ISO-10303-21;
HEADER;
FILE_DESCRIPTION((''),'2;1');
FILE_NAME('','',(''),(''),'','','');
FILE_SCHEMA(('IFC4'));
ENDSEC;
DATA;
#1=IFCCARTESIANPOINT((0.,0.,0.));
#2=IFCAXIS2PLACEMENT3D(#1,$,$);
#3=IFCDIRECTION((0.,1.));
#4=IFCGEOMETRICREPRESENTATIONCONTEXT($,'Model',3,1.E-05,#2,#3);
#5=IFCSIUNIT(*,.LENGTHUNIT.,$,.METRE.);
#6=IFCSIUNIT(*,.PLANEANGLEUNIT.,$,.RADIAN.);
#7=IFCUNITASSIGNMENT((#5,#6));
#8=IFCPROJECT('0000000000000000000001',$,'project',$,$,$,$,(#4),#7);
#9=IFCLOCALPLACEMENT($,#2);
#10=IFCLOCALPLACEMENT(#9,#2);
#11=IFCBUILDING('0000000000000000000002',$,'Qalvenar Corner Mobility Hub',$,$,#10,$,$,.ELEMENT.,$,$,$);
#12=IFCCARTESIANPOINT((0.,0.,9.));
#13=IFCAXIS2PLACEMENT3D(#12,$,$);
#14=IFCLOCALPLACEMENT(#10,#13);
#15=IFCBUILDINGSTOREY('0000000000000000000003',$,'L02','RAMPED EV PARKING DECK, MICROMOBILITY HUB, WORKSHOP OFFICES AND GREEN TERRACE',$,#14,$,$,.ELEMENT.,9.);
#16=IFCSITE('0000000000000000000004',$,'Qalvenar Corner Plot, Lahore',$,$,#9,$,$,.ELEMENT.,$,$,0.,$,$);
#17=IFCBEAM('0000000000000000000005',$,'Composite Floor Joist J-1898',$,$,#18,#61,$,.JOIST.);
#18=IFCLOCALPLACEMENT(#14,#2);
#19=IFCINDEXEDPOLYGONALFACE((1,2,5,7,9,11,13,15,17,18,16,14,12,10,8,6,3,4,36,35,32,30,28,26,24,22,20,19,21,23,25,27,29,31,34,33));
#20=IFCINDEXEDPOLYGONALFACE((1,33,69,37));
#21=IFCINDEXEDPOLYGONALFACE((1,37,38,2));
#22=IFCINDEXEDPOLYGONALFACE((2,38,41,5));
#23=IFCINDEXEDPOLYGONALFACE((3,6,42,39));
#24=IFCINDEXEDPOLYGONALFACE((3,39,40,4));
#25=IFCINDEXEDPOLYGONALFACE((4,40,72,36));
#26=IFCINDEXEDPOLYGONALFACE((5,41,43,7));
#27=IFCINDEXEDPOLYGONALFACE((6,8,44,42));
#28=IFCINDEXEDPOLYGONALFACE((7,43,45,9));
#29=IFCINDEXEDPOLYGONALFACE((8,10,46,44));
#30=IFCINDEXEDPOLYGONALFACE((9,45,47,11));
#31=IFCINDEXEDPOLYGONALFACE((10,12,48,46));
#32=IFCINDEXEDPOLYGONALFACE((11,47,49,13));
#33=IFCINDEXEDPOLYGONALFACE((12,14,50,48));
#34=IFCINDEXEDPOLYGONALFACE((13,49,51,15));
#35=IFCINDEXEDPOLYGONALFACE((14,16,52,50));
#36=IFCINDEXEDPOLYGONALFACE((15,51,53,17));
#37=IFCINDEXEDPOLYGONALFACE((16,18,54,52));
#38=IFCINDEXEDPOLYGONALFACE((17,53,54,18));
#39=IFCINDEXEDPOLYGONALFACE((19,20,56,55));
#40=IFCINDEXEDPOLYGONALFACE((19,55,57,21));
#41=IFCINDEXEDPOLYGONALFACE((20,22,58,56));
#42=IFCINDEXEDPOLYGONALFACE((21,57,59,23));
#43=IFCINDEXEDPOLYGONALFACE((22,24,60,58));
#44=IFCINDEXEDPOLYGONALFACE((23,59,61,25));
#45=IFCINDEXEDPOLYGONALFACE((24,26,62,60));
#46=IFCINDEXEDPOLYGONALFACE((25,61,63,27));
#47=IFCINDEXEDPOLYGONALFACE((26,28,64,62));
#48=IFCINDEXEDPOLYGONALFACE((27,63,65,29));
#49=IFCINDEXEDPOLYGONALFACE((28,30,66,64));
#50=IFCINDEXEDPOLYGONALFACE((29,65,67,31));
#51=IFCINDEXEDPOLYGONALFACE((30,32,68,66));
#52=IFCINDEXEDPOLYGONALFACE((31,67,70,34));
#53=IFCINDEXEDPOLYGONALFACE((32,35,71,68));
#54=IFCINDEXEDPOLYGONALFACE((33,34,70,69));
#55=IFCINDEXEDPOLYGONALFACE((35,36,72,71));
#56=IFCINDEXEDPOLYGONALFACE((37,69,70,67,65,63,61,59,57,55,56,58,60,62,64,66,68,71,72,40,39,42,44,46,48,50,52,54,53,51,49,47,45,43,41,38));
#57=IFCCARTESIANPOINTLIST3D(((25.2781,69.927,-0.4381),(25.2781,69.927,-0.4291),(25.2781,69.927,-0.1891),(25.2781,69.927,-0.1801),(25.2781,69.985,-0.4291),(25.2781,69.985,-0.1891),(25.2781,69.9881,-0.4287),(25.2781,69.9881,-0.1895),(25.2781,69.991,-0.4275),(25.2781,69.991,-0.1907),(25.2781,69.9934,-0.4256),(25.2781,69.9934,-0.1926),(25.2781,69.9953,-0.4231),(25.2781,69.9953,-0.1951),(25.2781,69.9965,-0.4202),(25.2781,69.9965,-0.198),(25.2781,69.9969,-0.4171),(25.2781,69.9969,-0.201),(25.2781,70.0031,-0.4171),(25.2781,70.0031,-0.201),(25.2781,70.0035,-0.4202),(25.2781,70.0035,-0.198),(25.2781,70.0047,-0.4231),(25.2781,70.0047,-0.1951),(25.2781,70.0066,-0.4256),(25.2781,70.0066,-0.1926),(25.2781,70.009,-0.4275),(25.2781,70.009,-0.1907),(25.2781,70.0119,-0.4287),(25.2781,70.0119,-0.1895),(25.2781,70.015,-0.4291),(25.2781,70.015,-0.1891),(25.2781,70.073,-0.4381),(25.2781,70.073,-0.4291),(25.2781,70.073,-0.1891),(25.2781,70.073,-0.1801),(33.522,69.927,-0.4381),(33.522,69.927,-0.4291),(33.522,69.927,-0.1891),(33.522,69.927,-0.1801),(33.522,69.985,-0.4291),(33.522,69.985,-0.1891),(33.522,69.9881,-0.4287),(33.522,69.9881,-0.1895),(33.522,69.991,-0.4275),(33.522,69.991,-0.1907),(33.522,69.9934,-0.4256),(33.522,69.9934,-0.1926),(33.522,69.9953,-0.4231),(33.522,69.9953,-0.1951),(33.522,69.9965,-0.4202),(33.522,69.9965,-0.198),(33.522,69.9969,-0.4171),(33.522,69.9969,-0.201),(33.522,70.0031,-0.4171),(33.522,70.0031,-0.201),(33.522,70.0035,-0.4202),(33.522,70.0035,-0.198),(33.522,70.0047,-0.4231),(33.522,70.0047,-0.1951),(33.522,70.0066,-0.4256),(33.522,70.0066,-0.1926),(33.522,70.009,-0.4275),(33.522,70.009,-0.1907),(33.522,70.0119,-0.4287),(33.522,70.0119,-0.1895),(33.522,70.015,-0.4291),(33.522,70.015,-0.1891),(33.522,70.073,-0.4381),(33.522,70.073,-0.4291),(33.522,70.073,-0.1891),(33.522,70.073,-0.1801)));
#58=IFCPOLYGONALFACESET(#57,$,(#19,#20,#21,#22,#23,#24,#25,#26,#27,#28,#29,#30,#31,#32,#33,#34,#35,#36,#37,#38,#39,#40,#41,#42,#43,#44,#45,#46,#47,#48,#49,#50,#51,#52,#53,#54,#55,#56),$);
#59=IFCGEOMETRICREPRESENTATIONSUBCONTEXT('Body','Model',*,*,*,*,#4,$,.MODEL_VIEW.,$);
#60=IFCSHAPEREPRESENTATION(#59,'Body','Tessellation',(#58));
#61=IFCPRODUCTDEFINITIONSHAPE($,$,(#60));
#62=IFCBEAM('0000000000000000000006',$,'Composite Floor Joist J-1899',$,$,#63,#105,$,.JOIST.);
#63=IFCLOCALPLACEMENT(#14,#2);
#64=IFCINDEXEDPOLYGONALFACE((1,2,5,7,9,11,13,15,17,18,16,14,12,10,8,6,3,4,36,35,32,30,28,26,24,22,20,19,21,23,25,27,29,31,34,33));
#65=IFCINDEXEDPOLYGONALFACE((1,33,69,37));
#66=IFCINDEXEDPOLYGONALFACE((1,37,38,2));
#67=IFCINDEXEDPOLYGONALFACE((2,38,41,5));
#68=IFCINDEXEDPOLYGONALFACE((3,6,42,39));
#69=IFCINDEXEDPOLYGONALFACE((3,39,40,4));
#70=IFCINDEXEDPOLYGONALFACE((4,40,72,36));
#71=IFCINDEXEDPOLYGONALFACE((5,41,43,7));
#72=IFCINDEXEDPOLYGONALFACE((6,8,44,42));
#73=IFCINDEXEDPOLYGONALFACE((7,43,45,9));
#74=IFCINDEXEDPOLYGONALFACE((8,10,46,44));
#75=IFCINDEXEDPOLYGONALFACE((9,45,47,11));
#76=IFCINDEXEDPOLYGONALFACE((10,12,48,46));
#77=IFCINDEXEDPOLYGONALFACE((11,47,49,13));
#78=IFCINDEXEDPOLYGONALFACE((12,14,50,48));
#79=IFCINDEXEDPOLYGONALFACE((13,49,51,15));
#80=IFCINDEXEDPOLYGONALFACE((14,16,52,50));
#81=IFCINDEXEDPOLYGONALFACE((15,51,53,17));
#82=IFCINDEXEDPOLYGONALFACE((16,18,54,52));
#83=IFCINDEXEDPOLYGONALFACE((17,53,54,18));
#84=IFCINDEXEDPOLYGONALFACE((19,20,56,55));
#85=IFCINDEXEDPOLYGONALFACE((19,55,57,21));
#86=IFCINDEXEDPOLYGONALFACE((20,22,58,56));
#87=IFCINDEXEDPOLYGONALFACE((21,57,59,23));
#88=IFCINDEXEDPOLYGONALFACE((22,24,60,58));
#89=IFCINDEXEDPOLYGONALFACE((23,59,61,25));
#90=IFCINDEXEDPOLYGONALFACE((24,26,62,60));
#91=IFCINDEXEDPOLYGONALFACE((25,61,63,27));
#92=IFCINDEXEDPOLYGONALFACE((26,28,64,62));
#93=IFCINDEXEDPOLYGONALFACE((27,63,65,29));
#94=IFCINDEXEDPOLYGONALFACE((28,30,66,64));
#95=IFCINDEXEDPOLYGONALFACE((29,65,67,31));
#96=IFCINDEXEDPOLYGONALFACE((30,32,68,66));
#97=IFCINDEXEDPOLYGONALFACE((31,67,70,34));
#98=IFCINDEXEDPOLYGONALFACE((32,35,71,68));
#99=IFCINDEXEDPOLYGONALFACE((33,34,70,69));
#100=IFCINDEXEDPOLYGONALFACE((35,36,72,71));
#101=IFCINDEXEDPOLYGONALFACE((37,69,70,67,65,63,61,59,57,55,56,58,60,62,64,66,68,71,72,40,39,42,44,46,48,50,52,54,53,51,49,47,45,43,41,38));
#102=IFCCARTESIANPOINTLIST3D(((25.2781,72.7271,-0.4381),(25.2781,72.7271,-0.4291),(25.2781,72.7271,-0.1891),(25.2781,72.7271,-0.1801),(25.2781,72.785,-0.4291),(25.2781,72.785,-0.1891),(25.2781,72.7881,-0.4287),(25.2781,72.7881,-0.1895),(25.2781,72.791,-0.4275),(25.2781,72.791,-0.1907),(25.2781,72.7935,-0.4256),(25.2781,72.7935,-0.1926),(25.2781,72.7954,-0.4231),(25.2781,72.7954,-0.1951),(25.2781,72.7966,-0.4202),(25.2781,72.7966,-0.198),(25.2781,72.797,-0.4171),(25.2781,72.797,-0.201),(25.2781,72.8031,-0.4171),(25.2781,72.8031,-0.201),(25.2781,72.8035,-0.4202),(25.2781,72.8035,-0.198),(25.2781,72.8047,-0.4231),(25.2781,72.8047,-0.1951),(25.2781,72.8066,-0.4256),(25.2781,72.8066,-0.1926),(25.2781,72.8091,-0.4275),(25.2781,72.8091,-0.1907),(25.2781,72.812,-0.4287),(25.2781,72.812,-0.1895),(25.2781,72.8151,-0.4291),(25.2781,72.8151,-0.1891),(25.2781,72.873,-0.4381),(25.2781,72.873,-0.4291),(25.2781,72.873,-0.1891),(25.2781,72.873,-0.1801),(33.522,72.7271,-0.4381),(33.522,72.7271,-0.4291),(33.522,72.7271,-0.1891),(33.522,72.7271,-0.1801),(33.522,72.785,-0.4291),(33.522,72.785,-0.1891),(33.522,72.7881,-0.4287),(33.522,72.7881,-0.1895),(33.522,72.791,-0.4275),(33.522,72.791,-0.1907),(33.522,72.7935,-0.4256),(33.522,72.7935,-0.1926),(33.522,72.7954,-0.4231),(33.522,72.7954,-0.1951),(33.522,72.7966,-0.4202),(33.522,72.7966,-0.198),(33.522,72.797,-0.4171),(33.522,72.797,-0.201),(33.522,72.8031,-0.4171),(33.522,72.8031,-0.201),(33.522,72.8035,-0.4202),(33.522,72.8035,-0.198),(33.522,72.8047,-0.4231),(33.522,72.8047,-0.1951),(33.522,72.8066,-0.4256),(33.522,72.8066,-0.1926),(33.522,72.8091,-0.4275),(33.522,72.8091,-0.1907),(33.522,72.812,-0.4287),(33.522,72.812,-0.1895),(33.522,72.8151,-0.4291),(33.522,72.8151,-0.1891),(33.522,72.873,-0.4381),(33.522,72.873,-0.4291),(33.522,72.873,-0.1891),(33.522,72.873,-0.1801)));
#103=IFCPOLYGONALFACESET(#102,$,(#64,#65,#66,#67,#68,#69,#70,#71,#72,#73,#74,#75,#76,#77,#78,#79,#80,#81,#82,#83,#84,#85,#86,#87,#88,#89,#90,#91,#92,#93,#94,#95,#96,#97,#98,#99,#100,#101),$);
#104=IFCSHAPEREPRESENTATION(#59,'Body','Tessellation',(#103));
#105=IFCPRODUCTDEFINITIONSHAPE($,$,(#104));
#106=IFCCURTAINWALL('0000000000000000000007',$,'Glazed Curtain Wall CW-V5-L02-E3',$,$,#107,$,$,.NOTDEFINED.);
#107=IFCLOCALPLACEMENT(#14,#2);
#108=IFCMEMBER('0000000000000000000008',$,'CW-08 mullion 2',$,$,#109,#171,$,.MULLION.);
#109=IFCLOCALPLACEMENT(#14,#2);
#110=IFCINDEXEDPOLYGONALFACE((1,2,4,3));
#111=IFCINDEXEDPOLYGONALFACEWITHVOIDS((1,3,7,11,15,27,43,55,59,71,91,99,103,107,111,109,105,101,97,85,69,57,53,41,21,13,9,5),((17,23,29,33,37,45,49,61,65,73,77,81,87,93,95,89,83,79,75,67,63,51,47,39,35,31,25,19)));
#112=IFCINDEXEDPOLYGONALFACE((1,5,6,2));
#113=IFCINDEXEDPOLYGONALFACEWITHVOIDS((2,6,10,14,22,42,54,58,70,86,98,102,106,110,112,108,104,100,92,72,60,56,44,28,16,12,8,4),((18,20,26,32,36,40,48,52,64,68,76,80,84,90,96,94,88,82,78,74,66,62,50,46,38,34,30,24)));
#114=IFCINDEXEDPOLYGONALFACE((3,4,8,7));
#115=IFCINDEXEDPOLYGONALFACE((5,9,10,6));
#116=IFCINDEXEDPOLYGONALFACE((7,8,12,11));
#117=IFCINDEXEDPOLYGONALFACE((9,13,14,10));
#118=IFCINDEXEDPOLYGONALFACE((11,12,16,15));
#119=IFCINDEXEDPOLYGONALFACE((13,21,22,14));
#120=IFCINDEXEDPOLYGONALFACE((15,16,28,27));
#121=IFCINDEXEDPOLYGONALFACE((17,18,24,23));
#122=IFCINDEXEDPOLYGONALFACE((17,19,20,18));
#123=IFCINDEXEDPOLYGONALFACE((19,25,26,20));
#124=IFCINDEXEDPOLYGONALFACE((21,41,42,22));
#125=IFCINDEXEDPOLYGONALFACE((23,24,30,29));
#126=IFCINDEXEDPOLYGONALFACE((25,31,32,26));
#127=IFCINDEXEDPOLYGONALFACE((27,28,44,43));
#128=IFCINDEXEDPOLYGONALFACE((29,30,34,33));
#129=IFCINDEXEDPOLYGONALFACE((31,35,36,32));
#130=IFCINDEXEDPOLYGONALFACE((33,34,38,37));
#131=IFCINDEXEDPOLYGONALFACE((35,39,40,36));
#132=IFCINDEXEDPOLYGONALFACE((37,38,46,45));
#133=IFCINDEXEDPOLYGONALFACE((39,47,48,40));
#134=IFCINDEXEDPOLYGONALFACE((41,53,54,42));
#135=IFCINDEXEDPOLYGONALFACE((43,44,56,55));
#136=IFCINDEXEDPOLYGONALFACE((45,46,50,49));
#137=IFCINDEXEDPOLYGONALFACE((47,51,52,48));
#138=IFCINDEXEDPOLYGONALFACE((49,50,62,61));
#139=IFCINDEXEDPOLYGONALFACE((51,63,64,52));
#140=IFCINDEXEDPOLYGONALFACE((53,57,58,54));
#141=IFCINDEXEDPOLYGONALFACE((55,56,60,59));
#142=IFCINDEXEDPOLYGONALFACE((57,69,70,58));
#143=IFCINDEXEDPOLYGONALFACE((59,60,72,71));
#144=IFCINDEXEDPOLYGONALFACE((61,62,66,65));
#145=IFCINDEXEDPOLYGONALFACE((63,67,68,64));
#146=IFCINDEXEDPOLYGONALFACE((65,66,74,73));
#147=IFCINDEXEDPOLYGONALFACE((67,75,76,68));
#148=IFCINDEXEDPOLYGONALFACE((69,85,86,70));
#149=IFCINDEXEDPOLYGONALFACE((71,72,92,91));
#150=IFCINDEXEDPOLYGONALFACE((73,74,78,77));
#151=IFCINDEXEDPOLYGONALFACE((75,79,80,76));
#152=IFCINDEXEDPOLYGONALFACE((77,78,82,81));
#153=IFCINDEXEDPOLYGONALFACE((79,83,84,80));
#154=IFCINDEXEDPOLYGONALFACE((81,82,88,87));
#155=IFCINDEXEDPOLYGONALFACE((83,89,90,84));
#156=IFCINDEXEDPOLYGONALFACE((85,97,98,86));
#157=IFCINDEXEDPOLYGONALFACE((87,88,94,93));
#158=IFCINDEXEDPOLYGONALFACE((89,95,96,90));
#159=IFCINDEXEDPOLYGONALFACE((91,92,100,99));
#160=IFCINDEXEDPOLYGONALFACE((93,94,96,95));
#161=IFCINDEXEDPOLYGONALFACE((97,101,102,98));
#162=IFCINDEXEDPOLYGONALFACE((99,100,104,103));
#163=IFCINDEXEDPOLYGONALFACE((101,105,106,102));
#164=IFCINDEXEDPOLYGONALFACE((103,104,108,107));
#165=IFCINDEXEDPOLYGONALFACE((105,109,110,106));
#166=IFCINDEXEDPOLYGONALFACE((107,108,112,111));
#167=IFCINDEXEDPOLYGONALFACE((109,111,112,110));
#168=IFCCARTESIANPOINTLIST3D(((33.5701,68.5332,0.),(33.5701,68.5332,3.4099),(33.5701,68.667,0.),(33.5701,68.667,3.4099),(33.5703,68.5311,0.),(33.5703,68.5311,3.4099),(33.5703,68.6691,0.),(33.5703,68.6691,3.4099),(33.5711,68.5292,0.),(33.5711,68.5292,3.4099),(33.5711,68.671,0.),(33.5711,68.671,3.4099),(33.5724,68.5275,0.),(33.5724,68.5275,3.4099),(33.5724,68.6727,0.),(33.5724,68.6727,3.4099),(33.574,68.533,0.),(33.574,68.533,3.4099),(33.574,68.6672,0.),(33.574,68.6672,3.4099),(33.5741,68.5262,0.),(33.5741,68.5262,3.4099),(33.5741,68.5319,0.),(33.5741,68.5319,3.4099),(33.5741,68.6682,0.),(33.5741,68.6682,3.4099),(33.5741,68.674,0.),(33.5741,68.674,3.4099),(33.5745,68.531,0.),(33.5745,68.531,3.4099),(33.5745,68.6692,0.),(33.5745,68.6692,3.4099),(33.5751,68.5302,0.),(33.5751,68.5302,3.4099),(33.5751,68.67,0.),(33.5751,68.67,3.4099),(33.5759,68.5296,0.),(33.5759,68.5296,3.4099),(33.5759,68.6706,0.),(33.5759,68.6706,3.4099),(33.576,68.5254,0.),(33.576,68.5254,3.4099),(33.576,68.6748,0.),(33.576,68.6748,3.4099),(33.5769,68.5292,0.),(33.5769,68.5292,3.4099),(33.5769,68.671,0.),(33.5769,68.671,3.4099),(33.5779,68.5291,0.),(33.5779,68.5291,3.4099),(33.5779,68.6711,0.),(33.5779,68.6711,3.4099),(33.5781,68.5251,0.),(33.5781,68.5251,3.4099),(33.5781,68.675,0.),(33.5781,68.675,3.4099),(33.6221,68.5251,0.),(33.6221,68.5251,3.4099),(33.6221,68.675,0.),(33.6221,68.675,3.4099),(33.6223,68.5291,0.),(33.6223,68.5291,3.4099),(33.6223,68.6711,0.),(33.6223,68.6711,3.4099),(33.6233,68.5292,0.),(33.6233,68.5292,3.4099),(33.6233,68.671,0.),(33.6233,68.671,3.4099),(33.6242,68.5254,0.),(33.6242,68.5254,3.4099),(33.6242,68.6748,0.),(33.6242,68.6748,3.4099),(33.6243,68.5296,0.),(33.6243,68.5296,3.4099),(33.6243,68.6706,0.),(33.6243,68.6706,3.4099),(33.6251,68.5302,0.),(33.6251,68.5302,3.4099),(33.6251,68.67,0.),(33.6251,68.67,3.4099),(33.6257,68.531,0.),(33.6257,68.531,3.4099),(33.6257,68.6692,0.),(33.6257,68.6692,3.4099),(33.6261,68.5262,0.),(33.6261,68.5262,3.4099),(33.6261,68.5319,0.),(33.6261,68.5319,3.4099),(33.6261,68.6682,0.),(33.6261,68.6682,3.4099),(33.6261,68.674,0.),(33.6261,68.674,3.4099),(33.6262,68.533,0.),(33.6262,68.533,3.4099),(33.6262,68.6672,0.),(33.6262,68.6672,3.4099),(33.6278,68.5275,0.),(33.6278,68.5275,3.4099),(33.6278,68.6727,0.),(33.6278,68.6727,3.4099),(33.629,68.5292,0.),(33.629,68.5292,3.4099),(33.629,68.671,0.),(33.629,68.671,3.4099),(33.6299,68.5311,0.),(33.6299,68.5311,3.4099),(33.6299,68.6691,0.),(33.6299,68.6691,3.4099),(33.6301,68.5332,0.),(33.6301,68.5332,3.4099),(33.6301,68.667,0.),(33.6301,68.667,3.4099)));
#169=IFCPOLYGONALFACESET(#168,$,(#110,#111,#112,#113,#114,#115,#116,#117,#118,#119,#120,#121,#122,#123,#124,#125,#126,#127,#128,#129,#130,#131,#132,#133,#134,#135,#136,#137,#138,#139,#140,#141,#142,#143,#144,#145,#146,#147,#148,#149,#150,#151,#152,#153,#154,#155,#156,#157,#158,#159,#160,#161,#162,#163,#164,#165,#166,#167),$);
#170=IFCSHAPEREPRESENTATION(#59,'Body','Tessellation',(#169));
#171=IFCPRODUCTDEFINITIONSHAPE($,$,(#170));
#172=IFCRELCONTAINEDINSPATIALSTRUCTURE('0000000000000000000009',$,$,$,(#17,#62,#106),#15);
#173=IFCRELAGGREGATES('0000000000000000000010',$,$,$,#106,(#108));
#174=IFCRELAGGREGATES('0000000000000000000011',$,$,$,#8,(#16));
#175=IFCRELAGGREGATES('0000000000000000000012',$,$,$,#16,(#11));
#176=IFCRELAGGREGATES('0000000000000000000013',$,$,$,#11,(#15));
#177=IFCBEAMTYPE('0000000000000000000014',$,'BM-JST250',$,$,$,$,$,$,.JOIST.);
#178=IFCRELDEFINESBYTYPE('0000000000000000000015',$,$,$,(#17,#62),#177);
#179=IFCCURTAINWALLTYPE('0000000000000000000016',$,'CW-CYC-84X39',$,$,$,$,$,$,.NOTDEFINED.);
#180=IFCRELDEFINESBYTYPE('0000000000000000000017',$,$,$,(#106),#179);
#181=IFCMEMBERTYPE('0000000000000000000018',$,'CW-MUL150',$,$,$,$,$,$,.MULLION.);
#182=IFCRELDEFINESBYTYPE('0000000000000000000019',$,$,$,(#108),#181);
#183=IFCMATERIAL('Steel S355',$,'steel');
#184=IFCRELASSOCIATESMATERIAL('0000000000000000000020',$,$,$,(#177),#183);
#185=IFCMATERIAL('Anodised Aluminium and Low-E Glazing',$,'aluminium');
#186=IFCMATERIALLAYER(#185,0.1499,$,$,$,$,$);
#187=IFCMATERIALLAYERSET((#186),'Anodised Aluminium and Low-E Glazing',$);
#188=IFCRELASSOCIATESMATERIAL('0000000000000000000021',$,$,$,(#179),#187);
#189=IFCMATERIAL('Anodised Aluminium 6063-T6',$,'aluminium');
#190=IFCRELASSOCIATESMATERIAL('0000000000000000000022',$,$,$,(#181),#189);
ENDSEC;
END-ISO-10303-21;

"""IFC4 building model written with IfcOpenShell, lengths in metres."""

from ifc_helpers import new_model, si_unit, direction, frame, origin, origin_2d, place, context, subcontext, project, spatial, hollow_rectangle, i_section, extrude, material, layer, layer_set, material_profile, profile_set, type_object, element, aggregate, save


model = new_model("IFC4")

# Units and contexts
model_context = context("Model", 3, precision=1e-05, world=origin(), true_north=direction((0.0, 1.0)))
body_context = subcontext(model_context, "Body", "Model", "MODEL_VIEW")
ifc_project = project(units=[si_unit("LENGTHUNIT", "METRE"), si_unit("PLANEANGLEUNIT", "RADIAN")], contexts=[model_context])

# Site, building, storey
site_placement = place(None, origin())
site = spatial("IfcSite", under=ifc_project, at=site_placement, Name="Qalvenar Corner Plot, Lahore", CompositionType="ELEMENT", RefElevation=0.0)
building_placement = place(site_placement, origin())
building = spatial("IfcBuilding", under=site, at=building_placement, Name="Qalvenar Corner Mobility Hub", CompositionType="ELEMENT")
storey_placement = place(building_placement, frame((0.0, 0.0, 9.0)))
storey = spatial("IfcBuildingStorey", under=building, at=storey_placement, Name="L02", Description="RAMPED EV PARKING DECK, MICROMOBILITY HUB, WORKSHOP OFFICES AND GREEN TERRACE", CompositionType="ELEMENT", Elevation=9.0)

# Beams
ifc_material_1 = material(Name="Steel S355", Category="steel")
ifc_material_profile_1 = material_profile(ifc_material_1, i_section(OverallWidth=0.146, OverallDepth=0.2581, WebThickness=0.0061, FlangeThickness=0.009, FilletRadius=0.012, at=origin_2d()), Name="W250x32.7")
ifc_profile_set_1 = profile_set([ifc_material_profile_1], Name="Steel S355")
beam_type = type_object("IfcBeamType", Name="BM-JST250", PredefinedType="JOIST", material=ifc_profile_set_1)
for number, where, z_axis, x_axis, name in (
    (1, (25.2781, 70.0, -0.3091), (1.0, 0.0, 0.0), (0.0, 1.0, 0.0), "Composite Floor Joist J-1898"),
    (2, (25.2781, 72.8, -0.3091), (1.0, 0.0, 0.0), (0.0, 1.0, 0.0), "Composite Floor Joist J-1899"),
):
    element("IfcBeam", number, at=place(storey_placement, frame(where, z_axis=z_axis, x_axis=x_axis)), inside=storey, type_object=beam_type, Name=name, PredefinedType="JOIST", context=body_context, shape_type="SweptSolid", body=[
        extrude(i_section(OverallWidth=0.146, OverallDepth=0.2581, WebThickness=0.0061, FlangeThickness=0.009, FilletRadius=0.012, at=origin_2d()), origin(), (0.0, 0.0, 1.0), 8.2439),
    ])

# Curtain wall, member
ifc_material_2 = material(Name="Anodised Aluminium and Low-E Glazing", Category="aluminium")
ifc_layer_1 = layer(ifc_material_2, 0.1499)
ifc_layer_set_1 = layer_set([ifc_layer_1], Name="Anodised Aluminium and Low-E Glazing")
curtain_wall_type = type_object("IfcCurtainWallType", Name="CW-CYC-84X39", PredefinedType="NOTDEFINED", material=ifc_layer_set_1)
curtain_wall_placement = place(storey_placement, origin())
curtain_wall = element("IfcCurtainWall", 3, at=curtain_wall_placement, inside=storey, type_object=curtain_wall_type, Name="Glazed Curtain Wall CW-V5-L02-E3", PredefinedType="NOTDEFINED")
ifc_material_3 = material(Name="Anodised Aluminium 6063-T6", Category="aluminium")
ifc_material_profile_2 = material_profile(ifc_material_3, hollow_rectangle(XDim=0.0601, YDim=0.1499, WallThickness=0.0039, InnerFilletRadius=0.0039, OuterFilletRadius=0.0081, at=origin_2d()), Name="RHS150x60x4")
ifc_profile_set_2 = profile_set([ifc_material_profile_2], Name="Anodised Aluminium 6063-T6")
member_type_1 = type_object("IfcMemberType", Name="CW-MUL150", PredefinedType="MULLION", material=ifc_profile_set_2)
member_1_placement = place(storey_placement, frame((33.6001, 68.6001, 0.0), z_axis=(0.0, 0.0, 1.0), x_axis=(-1.0, 0.0, 0.0)))
member_1 = element("IfcMember", 4, at=member_1_placement, type_object=member_type_1, Name="CW-08 mullion 2", PredefinedType="MULLION", context=body_context, shape_type="SweptSolid", body=[
    extrude(hollow_rectangle(XDim=0.0601, YDim=0.1499, WallThickness=0.0039, InnerFilletRadius=0.0039, OuterFilletRadius=0.0081, at=origin_2d()), origin(), (0.0, 0.0, 1.0), 3.4099),
])
aggregate(curtain_wall, [member_1])

save(model, "model.ifc")
